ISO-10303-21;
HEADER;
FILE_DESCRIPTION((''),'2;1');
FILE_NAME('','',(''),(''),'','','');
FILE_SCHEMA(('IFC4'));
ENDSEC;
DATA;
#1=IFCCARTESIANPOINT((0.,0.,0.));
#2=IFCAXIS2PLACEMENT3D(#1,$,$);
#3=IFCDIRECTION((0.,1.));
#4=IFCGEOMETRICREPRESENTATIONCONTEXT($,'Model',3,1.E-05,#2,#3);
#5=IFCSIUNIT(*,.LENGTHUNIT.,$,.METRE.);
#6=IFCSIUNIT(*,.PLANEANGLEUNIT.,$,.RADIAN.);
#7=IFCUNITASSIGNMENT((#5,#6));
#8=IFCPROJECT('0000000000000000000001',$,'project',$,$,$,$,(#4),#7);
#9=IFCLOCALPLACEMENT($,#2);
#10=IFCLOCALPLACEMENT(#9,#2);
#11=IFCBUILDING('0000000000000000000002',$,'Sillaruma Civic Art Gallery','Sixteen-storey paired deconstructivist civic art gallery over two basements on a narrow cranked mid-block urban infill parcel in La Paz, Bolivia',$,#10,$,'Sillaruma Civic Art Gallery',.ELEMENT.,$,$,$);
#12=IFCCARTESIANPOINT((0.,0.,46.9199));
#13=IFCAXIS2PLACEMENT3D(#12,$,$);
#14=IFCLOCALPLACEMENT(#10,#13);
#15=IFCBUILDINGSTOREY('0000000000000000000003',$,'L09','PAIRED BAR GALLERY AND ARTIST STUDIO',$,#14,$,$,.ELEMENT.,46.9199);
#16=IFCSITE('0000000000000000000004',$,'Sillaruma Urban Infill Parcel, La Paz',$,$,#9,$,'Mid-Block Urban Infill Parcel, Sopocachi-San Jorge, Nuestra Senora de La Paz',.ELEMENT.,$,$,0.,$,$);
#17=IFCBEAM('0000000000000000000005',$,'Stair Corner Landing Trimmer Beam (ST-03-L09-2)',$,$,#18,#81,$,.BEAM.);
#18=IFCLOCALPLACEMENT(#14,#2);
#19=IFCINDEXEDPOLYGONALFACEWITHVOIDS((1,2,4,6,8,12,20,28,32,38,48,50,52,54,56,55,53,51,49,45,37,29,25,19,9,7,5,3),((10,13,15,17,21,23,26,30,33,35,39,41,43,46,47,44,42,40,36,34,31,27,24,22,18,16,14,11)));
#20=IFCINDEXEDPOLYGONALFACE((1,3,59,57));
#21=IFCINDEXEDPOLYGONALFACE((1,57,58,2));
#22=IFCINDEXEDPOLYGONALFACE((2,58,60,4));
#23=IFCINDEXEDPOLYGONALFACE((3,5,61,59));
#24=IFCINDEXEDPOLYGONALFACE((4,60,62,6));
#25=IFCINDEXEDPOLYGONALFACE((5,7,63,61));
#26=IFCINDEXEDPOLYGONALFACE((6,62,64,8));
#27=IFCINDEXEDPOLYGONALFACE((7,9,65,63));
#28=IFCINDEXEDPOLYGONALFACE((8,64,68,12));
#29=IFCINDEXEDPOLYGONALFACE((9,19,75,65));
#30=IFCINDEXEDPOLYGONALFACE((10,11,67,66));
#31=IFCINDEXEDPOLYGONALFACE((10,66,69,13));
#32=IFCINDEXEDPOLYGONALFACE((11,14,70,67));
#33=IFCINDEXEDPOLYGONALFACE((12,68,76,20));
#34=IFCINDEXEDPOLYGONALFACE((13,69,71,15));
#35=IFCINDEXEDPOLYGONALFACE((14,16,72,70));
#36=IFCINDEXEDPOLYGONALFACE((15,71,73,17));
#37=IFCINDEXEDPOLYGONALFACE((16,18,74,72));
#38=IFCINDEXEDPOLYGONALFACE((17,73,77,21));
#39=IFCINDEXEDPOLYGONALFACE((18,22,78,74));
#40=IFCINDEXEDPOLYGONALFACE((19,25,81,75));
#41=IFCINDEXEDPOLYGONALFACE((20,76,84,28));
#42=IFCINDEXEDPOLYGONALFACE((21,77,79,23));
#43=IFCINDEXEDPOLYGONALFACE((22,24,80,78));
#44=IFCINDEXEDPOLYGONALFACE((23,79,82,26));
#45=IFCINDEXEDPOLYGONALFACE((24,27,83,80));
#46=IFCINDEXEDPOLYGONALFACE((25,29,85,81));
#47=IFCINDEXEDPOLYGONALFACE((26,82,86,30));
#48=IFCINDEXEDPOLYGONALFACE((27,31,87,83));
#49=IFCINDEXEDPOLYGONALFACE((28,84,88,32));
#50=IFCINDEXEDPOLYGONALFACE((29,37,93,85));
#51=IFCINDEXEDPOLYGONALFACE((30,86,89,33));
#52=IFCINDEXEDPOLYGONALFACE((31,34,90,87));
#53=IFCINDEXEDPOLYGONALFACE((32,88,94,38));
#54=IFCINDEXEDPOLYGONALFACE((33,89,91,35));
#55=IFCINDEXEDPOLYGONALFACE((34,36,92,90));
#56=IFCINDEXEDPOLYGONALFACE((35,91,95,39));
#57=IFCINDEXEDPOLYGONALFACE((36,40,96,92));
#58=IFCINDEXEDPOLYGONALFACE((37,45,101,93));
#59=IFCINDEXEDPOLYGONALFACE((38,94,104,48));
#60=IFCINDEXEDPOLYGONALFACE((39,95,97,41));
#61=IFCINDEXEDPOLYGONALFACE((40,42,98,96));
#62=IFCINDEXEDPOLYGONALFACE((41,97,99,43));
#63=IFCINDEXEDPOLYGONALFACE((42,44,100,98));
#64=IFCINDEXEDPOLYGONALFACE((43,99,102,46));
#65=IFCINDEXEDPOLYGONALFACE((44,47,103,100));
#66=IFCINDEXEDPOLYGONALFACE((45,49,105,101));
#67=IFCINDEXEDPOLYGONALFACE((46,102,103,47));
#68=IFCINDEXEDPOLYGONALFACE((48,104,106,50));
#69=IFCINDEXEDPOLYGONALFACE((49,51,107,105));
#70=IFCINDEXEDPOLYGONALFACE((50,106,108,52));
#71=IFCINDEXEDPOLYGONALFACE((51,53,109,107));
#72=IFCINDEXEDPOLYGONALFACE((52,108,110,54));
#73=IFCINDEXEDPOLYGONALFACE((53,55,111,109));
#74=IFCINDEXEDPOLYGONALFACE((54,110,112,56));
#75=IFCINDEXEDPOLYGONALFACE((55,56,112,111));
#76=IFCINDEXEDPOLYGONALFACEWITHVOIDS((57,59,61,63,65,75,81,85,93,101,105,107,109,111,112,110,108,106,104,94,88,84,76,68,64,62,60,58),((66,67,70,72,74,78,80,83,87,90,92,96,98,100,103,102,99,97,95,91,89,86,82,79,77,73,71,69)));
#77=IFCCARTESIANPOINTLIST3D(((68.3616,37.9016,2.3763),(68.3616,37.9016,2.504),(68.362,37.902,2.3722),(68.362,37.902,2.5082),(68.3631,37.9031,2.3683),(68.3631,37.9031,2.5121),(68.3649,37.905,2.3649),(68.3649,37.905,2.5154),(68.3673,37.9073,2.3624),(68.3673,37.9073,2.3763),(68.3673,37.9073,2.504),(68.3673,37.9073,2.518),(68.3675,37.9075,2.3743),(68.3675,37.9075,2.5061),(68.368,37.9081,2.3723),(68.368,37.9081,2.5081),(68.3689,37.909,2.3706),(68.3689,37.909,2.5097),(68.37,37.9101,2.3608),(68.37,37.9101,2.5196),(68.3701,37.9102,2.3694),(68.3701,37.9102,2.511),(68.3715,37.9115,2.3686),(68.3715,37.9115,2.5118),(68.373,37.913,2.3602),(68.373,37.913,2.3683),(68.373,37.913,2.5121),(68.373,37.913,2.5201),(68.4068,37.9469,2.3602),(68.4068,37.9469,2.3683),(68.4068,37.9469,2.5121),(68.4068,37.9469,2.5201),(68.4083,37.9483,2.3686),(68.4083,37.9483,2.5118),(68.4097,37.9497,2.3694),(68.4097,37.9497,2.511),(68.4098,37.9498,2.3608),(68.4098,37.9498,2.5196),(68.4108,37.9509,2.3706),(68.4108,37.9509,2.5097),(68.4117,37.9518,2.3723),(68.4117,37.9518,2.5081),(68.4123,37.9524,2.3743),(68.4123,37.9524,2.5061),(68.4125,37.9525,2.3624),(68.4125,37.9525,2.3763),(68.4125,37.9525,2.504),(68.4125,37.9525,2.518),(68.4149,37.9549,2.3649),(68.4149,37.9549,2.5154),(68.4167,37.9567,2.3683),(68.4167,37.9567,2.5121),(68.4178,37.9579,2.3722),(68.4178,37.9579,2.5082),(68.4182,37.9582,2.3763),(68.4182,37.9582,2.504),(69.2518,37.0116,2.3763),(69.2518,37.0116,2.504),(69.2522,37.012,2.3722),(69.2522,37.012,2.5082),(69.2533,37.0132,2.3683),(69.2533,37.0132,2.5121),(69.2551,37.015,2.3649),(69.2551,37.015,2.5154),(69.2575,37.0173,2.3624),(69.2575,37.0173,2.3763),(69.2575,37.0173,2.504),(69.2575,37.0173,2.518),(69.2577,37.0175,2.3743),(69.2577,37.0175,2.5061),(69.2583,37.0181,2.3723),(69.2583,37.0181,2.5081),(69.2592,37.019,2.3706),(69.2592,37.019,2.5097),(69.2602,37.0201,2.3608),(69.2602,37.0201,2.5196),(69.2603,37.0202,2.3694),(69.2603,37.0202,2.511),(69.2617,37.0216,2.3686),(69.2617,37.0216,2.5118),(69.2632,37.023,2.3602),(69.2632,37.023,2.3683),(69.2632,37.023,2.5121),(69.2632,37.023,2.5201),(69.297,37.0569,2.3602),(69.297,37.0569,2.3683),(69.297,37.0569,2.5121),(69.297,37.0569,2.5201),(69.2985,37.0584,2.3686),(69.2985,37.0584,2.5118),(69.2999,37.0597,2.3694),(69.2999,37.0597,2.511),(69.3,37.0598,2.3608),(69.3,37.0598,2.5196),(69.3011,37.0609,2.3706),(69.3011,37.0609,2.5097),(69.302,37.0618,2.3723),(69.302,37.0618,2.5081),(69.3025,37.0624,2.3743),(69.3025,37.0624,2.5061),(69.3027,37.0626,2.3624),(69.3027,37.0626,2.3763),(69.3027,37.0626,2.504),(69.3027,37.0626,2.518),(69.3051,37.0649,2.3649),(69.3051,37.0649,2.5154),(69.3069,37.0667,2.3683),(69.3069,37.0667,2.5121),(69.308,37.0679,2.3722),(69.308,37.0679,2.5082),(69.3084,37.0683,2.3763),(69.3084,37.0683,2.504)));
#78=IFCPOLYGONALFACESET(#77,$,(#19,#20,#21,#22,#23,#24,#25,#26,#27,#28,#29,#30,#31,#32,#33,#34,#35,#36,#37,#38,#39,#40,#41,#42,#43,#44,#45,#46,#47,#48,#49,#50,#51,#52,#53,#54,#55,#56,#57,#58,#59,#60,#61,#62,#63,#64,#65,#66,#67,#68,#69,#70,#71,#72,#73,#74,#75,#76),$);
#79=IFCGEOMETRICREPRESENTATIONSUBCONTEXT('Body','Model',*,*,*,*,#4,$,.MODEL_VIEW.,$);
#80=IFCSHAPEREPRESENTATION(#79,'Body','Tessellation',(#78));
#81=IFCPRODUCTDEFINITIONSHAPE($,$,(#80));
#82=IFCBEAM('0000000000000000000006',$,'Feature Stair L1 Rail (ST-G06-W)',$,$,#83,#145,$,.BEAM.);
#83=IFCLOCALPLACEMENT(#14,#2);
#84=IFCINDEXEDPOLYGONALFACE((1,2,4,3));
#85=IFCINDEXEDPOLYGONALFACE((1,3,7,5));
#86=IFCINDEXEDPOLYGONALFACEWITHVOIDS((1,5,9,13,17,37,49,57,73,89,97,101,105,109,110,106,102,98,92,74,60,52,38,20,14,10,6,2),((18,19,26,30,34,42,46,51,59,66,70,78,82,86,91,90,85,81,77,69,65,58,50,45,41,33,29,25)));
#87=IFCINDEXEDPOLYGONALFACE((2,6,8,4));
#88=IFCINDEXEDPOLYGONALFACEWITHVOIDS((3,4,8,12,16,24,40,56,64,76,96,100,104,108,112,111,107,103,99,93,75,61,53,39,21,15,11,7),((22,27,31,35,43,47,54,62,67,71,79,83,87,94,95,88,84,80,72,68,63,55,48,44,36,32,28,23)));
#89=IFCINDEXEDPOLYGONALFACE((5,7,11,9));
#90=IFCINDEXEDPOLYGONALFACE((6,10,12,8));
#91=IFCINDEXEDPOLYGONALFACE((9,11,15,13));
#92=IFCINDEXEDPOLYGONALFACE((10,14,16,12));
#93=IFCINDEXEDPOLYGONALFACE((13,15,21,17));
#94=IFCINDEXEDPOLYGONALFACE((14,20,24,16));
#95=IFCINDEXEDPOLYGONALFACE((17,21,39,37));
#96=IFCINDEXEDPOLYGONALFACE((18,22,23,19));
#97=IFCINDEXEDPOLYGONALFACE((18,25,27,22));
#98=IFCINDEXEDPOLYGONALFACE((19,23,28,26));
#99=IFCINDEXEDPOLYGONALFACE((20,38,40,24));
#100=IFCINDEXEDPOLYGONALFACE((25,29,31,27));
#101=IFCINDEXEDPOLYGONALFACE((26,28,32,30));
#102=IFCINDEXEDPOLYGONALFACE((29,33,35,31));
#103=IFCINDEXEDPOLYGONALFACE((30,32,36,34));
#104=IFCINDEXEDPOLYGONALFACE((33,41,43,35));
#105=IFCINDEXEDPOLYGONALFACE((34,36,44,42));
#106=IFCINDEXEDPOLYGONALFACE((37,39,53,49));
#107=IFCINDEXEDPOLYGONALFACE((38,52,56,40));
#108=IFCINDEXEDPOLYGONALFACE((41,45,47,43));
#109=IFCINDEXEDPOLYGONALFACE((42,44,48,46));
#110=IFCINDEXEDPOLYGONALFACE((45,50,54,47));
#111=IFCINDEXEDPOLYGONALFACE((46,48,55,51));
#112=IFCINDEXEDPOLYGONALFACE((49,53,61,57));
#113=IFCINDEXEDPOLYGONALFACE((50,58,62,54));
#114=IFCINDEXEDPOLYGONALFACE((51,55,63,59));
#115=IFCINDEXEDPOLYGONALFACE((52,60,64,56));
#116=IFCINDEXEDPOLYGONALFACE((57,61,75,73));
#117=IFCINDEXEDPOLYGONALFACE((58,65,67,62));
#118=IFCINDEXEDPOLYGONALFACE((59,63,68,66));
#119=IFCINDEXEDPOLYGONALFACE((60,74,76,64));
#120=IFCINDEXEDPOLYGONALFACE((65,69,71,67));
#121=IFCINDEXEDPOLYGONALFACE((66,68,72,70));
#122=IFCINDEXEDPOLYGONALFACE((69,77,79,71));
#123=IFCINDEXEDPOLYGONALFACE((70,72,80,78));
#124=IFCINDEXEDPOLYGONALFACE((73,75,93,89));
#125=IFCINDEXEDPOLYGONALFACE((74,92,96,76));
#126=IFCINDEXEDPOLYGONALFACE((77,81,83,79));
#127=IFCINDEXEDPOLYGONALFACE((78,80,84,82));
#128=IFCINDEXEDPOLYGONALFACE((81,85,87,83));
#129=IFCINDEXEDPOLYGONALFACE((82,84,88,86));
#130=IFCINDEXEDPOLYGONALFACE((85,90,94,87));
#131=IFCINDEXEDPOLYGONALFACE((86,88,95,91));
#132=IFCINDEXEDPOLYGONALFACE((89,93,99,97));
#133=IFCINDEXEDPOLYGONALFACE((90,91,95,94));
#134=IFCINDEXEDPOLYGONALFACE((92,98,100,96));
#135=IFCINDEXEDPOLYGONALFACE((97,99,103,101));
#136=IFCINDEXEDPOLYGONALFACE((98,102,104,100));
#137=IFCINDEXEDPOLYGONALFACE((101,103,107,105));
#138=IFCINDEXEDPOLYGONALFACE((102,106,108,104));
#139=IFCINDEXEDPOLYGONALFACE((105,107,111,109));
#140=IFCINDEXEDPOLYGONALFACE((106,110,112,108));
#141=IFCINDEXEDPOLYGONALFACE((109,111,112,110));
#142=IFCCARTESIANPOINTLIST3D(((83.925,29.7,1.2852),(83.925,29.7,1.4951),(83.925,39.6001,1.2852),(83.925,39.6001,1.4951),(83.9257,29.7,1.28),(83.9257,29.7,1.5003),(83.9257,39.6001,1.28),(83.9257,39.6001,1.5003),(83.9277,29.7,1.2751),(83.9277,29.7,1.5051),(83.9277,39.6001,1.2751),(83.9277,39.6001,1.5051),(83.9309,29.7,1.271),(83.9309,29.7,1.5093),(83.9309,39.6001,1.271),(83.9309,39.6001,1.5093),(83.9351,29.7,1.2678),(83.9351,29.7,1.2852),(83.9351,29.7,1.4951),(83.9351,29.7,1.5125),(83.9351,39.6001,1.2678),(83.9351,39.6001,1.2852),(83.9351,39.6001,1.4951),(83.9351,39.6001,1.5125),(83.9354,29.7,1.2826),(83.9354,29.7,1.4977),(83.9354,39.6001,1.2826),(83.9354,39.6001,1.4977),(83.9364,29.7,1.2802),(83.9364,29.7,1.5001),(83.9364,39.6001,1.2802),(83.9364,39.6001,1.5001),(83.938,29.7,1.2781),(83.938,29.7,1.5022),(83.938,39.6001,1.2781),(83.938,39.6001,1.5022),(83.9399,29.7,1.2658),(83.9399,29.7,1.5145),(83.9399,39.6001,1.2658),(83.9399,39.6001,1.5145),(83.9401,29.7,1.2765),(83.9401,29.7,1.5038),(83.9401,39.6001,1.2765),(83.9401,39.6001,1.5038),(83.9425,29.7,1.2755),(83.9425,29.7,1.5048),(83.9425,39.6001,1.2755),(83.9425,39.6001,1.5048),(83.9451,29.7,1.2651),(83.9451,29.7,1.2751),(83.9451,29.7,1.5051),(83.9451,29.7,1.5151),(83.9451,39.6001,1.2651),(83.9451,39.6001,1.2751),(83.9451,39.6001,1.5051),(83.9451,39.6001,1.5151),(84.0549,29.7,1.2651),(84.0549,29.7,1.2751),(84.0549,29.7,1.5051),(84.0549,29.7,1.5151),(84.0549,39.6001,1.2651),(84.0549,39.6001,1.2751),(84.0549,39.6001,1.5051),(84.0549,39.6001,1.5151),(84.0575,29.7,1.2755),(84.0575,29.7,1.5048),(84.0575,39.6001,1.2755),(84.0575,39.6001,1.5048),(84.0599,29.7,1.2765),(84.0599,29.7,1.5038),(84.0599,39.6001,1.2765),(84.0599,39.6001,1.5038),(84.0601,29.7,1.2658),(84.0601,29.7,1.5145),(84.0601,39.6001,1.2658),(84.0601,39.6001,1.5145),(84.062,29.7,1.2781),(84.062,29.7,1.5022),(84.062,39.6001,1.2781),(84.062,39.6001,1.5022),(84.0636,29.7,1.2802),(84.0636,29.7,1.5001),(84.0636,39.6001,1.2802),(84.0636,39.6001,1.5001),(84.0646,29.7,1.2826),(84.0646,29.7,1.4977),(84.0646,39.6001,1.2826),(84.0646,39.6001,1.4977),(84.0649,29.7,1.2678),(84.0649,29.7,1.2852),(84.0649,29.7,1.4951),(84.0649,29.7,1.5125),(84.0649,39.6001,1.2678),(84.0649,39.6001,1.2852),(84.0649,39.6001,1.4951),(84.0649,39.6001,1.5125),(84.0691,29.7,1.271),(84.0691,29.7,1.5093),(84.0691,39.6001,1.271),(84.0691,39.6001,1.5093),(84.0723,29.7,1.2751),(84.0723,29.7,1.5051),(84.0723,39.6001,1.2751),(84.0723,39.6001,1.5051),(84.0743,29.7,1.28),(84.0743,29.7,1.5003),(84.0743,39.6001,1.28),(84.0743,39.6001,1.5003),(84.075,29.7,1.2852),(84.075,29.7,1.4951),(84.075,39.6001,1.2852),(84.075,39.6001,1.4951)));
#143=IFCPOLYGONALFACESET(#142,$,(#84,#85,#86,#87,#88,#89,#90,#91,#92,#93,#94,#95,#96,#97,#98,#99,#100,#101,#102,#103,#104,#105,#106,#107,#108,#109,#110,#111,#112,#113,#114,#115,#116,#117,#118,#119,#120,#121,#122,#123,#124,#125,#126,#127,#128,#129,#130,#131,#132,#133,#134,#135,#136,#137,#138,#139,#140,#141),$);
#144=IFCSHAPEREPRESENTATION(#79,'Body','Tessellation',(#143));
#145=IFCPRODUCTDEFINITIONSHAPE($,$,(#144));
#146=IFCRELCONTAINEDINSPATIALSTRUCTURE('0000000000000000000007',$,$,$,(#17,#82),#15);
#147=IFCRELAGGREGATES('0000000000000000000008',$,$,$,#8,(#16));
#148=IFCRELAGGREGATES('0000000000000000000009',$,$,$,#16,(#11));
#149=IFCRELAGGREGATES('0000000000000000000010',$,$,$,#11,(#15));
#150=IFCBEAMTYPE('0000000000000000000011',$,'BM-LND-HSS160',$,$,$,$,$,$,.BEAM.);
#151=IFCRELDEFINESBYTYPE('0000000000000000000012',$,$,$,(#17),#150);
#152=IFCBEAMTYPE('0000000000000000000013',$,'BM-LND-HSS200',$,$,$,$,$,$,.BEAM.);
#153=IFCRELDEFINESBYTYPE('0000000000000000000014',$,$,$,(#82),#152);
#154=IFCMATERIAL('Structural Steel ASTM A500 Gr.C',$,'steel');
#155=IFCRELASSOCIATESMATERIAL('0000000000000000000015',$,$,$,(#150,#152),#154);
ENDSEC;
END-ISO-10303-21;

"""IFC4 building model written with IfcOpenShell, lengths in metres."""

from ifc_helpers import new_model, si_unit, direction, frame, origin, origin_2d, place, context, subcontext, project, spatial, hollow_rectangle, extrude, material, material_profile, profile_set, type_object, element, save


model = new_model("IFC4")

# Units and contexts
model_context = context("Model", 3, precision=1e-05, world=origin(), true_north=direction((0.0, 1.0)))
body_context = subcontext(model_context, "Body", "Model", "MODEL_VIEW")
ifc_project = project(units=[si_unit("LENGTHUNIT", "METRE"), si_unit("PLANEANGLEUNIT", "RADIAN")], contexts=[model_context])

# Site, building, storey
site_placement = place(None, origin())
site = spatial("IfcSite", under=ifc_project, at=site_placement, Name="Sillaruma Urban Infill Parcel, La Paz", LongName="Mid-Block Urban Infill Parcel, Sopocachi-San Jorge, Nuestra Senora de La Paz", CompositionType="ELEMENT", RefElevation=0.0)
building_placement = place(site_placement, origin())
building = spatial("IfcBuilding", under=site, at=building_placement, Name="Sillaruma Civic Art Gallery", Description="Sixteen-storey paired deconstructivist civic art gallery over two basements on a narrow cranked mid-block urban infill parcel in La Paz, Bolivia", LongName="Sillaruma Civic Art Gallery", CompositionType="ELEMENT")
storey_placement = place(building_placement, frame((0.0, 0.0, 46.9199)))
storey = spatial("IfcBuildingStorey", under=building, at=storey_placement, Name="L09", Description="PAIRED BAR GALLERY AND ARTIST STUDIO", CompositionType="ELEMENT", Elevation=46.9199)

# Beams
ifc_material_1 = material(Name="Structural Steel ASTM A500 Gr.C", Category="steel")
ifc_material_profile_1 = material_profile(ifc_material_1, hollow_rectangle(XDim=0.0801, YDim=0.1599, WallThickness=0.0081, InnerFilletRadius=0.0081, OuterFilletRadius=0.0161, at=origin_2d()), Name="HSS160x80x8")
ifc_profile_set_1 = profile_set([ifc_material_profile_1], Name="Structural Steel ASTM A500 Gr.C")
beam_type_1 = type_object("IfcBeamType", Name="BM-LND-HSS160", PredefinedType="BEAM", material=ifc_profile_set_1)
beam_1_placement = place(storey_placement, frame((68.3899, 37.9299, 2.4402), z_axis=(0.707204, -0.70701, 0.0), x_axis=(0.70701, 0.707204, 0.0)))
element("IfcBeam", 1, at=beam_1_placement, inside=storey, type_object=beam_type_1, Name="Stair Corner Landing Trimmer Beam (ST-03-L09-2)", PredefinedType="BEAM", context=body_context, shape_type="SweptSolid", body=[
    extrude(hollow_rectangle(XDim=0.0801, YDim=0.1599, WallThickness=0.0081, InnerFilletRadius=0.0081, OuterFilletRadius=0.0161, at=origin_2d()), origin(), (0.0, 0.0, 1.0), 1.2588),
])
ifc_material_profile_2 = material_profile(ifc_material_1, hollow_rectangle(XDim=0.1499, YDim=0.25, WallThickness=0.01, InnerFilletRadius=0.01, OuterFilletRadius=0.02, at=origin_2d()), Name="HSS250x150x10")
ifc_profile_set_2 = profile_set([ifc_material_profile_2], Name="Structural Steel ASTM A500 Gr.C")
beam_type_2 = type_object("IfcBeamType", Name="BM-LND-HSS200", PredefinedType="BEAM", material=ifc_profile_set_2)
beam_2_placement = place(storey_placement, frame((84.0, 29.7, 1.3901), z_axis=(0.0, 1.0, 0.0), x_axis=(-1.0, 0.0, 0.0)))
element("IfcBeam", 2, at=beam_2_placement, inside=storey, type_object=beam_type_2, Name="Feature Stair L1 Rail (ST-G06-W)", PredefinedType="BEAM", context=body_context, shape_type="SweptSolid", body=[
    extrude(hollow_rectangle(XDim=0.1499, YDim=0.25, WallThickness=0.01, InnerFilletRadius=0.01, OuterFilletRadius=0.02, at=origin_2d()), origin(), (0.0, 0.0, 1.0), 9.9001),
])

save(model, "model.ifc")
